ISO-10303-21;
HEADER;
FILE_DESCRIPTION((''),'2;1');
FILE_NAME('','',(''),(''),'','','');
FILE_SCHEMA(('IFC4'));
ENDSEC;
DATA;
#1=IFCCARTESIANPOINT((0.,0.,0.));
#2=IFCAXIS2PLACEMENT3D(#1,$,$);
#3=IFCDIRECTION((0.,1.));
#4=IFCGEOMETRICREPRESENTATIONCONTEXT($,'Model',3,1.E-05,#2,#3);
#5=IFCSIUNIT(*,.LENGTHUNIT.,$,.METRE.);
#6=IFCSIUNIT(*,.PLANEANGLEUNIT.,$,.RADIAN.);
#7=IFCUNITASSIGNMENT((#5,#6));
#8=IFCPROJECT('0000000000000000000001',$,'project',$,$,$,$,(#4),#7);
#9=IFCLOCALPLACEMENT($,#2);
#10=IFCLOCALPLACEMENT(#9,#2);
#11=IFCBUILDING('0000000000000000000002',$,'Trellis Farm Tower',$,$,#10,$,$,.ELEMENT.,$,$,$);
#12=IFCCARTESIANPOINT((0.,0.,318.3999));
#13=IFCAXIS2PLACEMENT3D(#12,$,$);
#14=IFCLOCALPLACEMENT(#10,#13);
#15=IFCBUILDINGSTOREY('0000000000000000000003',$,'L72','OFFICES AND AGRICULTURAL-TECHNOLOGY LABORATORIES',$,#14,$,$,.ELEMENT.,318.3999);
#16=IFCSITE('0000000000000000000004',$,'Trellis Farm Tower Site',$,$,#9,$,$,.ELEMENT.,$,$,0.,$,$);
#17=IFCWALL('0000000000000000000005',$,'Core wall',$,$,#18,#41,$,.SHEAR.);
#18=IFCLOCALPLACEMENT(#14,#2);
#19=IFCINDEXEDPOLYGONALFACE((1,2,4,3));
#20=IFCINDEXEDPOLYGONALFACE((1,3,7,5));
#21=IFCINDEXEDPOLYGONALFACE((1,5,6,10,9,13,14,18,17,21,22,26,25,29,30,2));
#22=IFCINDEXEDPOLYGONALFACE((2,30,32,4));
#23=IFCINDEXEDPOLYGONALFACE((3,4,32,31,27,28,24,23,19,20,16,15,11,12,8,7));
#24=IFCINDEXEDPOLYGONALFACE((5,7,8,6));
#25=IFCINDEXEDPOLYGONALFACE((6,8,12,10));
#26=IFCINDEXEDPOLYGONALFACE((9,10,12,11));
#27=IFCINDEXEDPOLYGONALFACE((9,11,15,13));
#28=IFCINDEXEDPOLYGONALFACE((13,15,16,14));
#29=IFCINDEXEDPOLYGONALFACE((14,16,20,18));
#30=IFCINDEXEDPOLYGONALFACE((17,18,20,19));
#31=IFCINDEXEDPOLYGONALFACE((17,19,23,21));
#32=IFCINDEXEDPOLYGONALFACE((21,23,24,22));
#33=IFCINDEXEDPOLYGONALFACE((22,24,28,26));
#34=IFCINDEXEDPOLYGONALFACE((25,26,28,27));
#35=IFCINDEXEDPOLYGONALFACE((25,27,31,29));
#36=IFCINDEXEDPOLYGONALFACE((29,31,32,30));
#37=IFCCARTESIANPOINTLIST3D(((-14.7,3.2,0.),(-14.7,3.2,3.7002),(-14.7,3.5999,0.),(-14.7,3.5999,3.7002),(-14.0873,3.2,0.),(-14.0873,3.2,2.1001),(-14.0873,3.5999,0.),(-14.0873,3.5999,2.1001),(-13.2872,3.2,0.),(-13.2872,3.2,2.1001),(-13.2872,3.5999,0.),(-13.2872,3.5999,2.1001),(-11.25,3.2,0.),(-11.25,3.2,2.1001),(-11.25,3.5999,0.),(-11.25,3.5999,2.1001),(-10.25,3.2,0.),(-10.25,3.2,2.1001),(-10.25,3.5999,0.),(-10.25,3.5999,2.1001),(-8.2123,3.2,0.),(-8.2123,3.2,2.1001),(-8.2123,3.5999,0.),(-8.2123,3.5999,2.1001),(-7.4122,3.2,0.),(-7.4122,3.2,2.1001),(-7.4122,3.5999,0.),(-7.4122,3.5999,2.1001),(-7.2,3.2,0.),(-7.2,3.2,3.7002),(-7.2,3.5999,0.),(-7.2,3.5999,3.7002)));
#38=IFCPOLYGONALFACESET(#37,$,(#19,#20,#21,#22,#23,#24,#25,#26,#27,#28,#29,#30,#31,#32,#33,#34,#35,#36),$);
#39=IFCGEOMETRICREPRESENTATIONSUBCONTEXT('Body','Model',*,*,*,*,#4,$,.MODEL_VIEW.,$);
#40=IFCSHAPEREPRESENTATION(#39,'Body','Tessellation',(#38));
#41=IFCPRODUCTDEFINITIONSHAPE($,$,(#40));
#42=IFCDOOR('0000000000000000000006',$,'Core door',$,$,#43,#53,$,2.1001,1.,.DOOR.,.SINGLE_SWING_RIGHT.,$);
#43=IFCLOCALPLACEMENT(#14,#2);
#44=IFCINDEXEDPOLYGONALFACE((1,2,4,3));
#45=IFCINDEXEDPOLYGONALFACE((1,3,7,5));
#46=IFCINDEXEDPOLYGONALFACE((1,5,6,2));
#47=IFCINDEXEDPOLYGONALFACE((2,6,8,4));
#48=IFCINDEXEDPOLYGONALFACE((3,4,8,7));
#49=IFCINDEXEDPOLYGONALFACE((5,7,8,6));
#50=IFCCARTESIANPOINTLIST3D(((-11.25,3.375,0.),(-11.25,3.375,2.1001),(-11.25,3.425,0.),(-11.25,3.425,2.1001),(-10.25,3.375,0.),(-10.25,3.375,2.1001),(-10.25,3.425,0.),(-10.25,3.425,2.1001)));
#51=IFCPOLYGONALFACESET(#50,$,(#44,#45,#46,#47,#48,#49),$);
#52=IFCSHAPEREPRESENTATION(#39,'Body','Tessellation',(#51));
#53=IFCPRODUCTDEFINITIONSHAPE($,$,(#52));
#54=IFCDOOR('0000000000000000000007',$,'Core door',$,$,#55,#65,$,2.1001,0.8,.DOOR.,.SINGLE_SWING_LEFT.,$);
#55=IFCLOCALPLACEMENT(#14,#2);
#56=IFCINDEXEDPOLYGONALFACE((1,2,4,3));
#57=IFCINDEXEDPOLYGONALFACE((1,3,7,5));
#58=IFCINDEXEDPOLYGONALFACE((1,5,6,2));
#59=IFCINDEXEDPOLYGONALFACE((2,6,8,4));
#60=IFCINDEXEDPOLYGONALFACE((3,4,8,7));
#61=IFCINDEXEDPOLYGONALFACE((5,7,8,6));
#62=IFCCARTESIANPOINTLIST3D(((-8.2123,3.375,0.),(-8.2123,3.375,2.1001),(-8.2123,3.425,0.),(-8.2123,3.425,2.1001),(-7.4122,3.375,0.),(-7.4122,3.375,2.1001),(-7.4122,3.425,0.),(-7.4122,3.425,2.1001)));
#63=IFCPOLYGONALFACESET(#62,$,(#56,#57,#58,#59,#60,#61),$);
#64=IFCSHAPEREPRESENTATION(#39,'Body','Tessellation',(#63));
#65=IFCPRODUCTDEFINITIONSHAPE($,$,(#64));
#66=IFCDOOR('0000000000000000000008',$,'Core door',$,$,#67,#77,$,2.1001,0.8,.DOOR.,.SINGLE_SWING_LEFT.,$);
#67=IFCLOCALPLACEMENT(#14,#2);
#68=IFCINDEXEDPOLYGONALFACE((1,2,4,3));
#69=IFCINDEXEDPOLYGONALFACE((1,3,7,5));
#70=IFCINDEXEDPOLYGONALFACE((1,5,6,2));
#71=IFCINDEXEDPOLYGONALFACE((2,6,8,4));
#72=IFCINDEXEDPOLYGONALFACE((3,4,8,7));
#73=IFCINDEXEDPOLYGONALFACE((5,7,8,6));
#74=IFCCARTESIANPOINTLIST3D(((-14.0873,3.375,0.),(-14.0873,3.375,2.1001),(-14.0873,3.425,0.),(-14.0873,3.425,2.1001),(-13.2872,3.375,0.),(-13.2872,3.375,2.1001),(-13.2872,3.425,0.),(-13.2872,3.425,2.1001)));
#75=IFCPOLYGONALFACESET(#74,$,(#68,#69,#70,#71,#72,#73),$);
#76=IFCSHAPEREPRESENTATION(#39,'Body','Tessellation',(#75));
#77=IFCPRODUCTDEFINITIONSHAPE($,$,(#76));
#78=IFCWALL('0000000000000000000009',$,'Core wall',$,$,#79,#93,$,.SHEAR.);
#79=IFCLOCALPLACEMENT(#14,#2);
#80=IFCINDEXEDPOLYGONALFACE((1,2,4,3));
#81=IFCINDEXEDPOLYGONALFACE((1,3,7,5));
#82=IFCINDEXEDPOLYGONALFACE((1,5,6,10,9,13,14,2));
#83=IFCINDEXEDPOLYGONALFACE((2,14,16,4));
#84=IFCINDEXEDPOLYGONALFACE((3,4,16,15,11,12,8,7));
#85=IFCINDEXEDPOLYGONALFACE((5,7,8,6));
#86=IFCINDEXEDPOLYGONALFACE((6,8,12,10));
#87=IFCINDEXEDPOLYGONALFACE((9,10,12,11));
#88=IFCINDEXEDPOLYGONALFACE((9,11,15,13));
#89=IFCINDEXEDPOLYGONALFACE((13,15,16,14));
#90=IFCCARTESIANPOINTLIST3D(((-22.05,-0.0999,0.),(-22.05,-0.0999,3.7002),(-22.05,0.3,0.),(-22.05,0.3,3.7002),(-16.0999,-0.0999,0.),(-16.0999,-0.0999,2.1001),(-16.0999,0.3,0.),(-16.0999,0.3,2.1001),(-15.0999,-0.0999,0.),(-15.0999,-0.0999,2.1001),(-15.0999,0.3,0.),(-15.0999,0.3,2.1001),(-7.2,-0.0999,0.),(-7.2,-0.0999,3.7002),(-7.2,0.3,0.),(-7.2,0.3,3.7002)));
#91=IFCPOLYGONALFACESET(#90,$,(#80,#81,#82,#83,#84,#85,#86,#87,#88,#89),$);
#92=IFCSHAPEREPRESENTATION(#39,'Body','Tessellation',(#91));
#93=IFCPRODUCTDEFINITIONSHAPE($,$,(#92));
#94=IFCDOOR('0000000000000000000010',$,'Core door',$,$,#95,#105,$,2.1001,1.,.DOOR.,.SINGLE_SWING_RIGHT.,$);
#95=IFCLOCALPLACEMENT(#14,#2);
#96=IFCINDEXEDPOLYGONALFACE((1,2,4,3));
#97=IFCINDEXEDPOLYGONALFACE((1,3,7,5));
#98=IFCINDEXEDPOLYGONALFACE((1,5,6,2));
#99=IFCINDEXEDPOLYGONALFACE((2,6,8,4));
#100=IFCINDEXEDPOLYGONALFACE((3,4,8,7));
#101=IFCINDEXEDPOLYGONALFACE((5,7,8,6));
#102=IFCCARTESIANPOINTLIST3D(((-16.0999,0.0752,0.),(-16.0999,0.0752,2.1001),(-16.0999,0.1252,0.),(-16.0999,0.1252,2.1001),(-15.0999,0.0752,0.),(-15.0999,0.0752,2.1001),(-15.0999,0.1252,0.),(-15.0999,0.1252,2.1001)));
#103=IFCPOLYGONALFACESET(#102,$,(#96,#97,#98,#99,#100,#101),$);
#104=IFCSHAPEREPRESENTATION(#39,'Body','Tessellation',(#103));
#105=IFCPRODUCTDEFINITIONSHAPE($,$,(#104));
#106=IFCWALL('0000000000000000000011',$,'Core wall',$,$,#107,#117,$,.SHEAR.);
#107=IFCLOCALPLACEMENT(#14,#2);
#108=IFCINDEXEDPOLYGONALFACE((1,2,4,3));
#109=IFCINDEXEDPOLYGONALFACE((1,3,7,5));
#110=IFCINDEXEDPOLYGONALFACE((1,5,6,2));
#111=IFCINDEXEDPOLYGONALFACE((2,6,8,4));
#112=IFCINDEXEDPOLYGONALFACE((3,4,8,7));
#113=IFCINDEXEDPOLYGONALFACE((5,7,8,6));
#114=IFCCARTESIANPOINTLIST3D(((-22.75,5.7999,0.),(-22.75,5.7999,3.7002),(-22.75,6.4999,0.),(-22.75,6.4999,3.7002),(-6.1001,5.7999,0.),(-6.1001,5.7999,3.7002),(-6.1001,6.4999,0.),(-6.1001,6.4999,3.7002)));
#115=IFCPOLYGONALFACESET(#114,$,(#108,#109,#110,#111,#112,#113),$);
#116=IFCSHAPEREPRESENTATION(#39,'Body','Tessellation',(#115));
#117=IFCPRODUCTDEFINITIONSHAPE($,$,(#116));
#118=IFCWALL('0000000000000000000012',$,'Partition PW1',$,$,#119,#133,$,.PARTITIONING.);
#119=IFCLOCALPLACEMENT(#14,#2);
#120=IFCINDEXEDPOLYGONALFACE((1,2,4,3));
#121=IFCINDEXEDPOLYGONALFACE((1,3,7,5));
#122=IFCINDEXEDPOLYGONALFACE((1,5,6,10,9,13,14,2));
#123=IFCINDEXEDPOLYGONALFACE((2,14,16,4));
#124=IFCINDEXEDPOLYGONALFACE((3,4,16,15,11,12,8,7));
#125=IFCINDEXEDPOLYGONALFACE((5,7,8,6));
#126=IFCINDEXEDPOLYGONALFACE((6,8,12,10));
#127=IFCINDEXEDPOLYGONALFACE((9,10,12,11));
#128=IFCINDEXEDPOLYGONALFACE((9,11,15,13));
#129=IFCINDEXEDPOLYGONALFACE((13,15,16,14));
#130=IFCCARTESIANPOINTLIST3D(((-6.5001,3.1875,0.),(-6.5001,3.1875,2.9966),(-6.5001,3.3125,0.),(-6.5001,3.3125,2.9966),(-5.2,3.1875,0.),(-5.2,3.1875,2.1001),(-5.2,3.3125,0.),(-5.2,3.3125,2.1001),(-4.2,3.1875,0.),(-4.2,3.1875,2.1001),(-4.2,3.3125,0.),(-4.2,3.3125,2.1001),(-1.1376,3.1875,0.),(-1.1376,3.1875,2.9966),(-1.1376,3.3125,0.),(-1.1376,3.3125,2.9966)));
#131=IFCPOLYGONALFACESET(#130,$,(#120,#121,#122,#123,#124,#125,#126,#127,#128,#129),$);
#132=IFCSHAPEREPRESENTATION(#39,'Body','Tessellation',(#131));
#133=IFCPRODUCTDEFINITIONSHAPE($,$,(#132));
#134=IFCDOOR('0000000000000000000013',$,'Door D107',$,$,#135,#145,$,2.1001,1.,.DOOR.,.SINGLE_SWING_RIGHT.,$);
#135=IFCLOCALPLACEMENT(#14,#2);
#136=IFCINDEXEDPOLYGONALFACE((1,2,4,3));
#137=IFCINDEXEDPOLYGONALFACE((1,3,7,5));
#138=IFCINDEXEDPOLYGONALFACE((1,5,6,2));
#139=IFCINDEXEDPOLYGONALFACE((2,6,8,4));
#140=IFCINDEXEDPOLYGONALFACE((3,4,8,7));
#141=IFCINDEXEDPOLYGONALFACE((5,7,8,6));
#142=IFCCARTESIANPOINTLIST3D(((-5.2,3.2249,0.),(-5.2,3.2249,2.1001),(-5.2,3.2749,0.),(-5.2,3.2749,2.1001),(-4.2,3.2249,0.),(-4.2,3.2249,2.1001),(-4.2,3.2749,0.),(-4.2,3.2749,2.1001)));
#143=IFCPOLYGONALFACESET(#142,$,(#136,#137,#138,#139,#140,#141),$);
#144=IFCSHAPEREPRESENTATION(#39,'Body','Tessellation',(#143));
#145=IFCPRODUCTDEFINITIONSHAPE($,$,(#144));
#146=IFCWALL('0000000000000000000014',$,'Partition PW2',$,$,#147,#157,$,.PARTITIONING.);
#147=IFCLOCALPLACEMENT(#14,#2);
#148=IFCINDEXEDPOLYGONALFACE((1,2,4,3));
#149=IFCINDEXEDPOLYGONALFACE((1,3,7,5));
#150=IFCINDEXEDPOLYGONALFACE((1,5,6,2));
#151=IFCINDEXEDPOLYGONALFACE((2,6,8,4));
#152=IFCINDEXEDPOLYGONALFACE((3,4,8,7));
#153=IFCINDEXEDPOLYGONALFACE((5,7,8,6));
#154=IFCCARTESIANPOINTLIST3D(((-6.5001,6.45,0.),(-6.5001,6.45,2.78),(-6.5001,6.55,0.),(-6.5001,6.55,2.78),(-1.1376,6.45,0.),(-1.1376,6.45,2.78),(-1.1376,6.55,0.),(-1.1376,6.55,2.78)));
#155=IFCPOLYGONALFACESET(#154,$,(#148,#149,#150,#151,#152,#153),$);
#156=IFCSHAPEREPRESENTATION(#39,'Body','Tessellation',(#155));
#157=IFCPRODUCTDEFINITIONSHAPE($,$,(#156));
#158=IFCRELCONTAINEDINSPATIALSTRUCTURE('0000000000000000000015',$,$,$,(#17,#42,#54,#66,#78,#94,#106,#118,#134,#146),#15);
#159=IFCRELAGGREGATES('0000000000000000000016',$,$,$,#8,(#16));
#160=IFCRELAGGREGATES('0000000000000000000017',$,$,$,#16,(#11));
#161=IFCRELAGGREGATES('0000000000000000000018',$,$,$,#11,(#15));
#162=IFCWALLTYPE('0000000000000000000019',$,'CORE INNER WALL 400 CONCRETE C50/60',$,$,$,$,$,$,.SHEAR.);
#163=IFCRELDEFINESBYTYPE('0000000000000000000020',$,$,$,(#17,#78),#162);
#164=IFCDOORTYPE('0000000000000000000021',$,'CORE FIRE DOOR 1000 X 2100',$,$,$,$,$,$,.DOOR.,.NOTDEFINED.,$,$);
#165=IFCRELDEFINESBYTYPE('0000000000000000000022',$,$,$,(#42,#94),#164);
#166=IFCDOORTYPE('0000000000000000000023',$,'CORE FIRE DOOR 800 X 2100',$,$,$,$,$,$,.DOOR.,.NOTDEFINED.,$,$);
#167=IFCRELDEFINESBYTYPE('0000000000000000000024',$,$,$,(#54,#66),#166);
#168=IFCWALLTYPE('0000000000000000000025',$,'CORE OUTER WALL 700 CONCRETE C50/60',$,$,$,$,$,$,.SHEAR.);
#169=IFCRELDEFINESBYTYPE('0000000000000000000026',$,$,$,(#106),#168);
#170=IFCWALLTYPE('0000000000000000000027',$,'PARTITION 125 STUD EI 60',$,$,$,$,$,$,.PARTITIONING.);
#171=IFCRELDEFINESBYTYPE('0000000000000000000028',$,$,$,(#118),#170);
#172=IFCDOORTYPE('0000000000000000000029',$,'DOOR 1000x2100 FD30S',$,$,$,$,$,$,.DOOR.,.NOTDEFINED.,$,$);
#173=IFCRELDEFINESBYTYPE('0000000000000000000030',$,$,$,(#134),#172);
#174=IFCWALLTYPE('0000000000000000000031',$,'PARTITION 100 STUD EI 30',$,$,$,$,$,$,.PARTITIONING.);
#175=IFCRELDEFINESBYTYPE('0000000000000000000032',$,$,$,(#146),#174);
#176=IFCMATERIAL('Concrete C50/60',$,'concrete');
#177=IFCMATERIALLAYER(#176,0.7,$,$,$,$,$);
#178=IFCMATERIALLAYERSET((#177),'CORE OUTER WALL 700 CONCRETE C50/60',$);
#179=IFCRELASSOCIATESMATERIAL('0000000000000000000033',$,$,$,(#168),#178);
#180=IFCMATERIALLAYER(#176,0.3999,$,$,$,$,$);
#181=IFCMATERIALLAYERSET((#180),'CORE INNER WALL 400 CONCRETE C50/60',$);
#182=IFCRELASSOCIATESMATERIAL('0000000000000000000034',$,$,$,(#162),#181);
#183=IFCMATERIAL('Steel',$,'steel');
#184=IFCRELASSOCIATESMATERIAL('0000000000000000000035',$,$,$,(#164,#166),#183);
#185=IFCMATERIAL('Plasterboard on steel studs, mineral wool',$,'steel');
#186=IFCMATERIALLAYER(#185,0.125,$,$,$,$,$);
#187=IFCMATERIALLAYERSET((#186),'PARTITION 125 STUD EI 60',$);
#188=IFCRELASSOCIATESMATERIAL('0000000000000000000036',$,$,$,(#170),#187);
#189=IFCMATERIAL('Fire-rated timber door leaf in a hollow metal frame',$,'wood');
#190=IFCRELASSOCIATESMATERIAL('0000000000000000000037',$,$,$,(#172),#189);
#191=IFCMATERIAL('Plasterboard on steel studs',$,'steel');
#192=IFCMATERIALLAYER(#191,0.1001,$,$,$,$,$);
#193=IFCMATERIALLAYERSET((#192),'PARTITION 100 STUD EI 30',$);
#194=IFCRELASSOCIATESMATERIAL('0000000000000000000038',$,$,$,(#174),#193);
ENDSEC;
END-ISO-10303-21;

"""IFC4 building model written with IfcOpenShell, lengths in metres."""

from ifc_helpers import new_model, si_unit, direction, frame, frame_2d, origin, place, context, subcontext, project, spatial, rectangle, extrude, source, transform, mapped, material, layer, layer_set, type_object, element, fill, save


model = new_model("IFC4")

# Units and contexts
model_context = context("Model", 3, precision=1e-05, world=origin(), true_north=direction((0.0, 1.0)))
body_context = subcontext(model_context, "Body", "Model", "MODEL_VIEW")
ifc_project = project(units=[si_unit("LENGTHUNIT", "METRE"), si_unit("PLANEANGLEUNIT", "RADIAN")], contexts=[model_context])

# Site, building, storey
site_placement = place(None, origin())
site = spatial("IfcSite", under=ifc_project, at=site_placement, Name="Trellis Farm Tower Site", CompositionType="ELEMENT", RefElevation=0.0)
building_placement = place(site_placement, origin())
building = spatial("IfcBuilding", under=site, at=building_placement, Name="Trellis Farm Tower", CompositionType="ELEMENT")
storey_placement = place(building_placement, frame((0.0, 0.0, 318.3999)))
storey = spatial("IfcBuildingStorey", under=building, at=storey_placement, Name="L72", Description="OFFICES AND AGRICULTURAL-TECHNOLOGY LABORATORIES", CompositionType="ELEMENT", Elevation=318.3999)

# Shared definitions
ifc_material_1 = material(Name="Concrete C50/60", Category="concrete")
ifc_layer_1 = layer(ifc_material_1, 0.7)
ifc_layer_set_1 = layer_set([ifc_layer_1], Name="CORE OUTER WALL 700 CONCRETE C50/60")
wall_type_1 = type_object("IfcWallType", Name="CORE OUTER WALL 700 CONCRETE C50/60", PredefinedType="SHEAR", material=ifc_layer_set_1)
ifc_material_2 = material(Name="Steel", Category="steel")

# Wall, openings, doors
ifc_layer_2 = layer(ifc_material_1, 0.3999)
ifc_layer_set_2 = layer_set([ifc_layer_2], Name="CORE INNER WALL 400 CONCRETE C50/60")
wall_type_2 = type_object("IfcWallType", Name="CORE INNER WALL 400 CONCRETE C50/60", PredefinedType="SHEAR", material=ifc_layer_set_2)
shared_shape_1 = source(origin(), body_context, "Body", "SweptSolid", [
    extrude(rectangle(XDim=7.5, YDim=0.3999, at=frame_2d((3.75, 0.0))), origin(), (0.0, 0.0, 1.0), 3.7002),
])
wall_1_placement = place(storey_placement, frame((-7.2, 3.3999, 0.0), z_axis=(0.0, 0.0, 1.0), x_axis=(-1.0, 0.0, 0.0)))
wall_1 = element("IfcWall", 1, at=wall_1_placement, inside=storey, type_object=wall_type_2, Name="Core wall", PredefinedType="SHEAR", context=body_context, shape_type="MappedRepresentation", body=[
    mapped(shared_shape_1, transform((0.0, 0.0, 0.0))),
])
shared_shape_2 = source(origin(), body_context, "Body", "SweptSolid", [
    extrude(rectangle(XDim=0.8, YDim=2.1001, at=frame_2d((0.3999, 1.05))), frame((0.0, 0.21, 0.0), z_axis=(0.0, -1.0, 0.0), x_axis=(1.0, 0.0, 0.0)), (0.0, 0.0, 1.0), 0.4199),
])
opening_1_placement = place(wall_1_placement, frame((0.2124, 0.0, 0.0)))
opening_1 = element("IfcOpeningElement", 2, at=opening_1_placement, cuts=wall_1, PredefinedType="OPENING", context=body_context, shape_type="MappedRepresentation", body=[
    mapped(shared_shape_2, transform((0.0, 0.0, 0.0))),
])
shared_shape_3 = source(origin(), body_context, "Body", "SweptSolid", [
    extrude(rectangle(XDim=1.0, YDim=2.1001, at=frame_2d((0.5, 1.05))), frame((0.0, 0.21, 0.0), z_axis=(0.0, -1.0, 0.0), x_axis=(1.0, 0.0, 0.0)), (0.0, 0.0, 1.0), 0.4199),
])
opening_2_placement = place(wall_1_placement, frame((3.05, 0.0, 0.0)))
opening_2 = element("IfcOpeningElement", 3, at=opening_2_placement, cuts=wall_1, PredefinedType="OPENING", context=body_context, shape_type="MappedRepresentation", body=[
    mapped(shared_shape_3, transform((0.0, 0.0, 0.0))),
])
opening_3_placement = place(wall_1_placement, frame((6.0874, 0.0, 0.0)))
opening_3 = element("IfcOpeningElement", 4, at=opening_3_placement, cuts=wall_1, PredefinedType="OPENING", context=body_context, shape_type="MappedRepresentation", body=[
    mapped(shared_shape_2, transform((0.0, 0.0, 0.0))),
])
door_type_1 = type_object("IfcDoorType", Name="CORE FIRE DOOR 1000 X 2100", OperationType="NOTDEFINED", PredefinedType="DOOR", material=ifc_material_2)
shared_shape_4 = source(origin(), body_context, "Body", "SweptSolid", [
    extrude(rectangle(XDim=1.0, YDim=2.1001, at=frame_2d((0.5, 1.05))), frame((0.0, 0.0249, 0.0), z_axis=(0.0, -1.0, 0.0), x_axis=(1.0, 0.0, 0.0)), (0.0, 0.0, 1.0), 0.05),
])
door_1_placement = place(opening_2_placement, origin())
door_1 = element("IfcDoor", 5, at=door_1_placement, inside=storey, type_object=door_type_1, Name="Core door", OperationType="SINGLE_SWING_RIGHT", OverallHeight=2.1001, OverallWidth=1.0, PredefinedType="DOOR", context=body_context, shape_type="MappedRepresentation", body=[
    mapped(shared_shape_4, transform((0.0, 0.0, 0.0))),
])
fill(opening_2, door_1)
door_type_2 = type_object("IfcDoorType", Name="CORE FIRE DOOR 800 X 2100", OperationType="NOTDEFINED", PredefinedType="DOOR", material=ifc_material_2)
shared_shape_5 = source(origin(), body_context, "Body", "SweptSolid", [
    extrude(rectangle(XDim=0.8, YDim=2.1001, at=frame_2d((0.3999, 1.05))), frame((0.0, 0.0249, 0.0), z_axis=(0.0, -1.0, 0.0), x_axis=(1.0, 0.0, 0.0)), (0.0, 0.0, 1.0), 0.05),
])
door_2_placement = place(opening_1_placement, origin())
door_2 = element("IfcDoor", 6, at=door_2_placement, inside=storey, type_object=door_type_2, Name="Core door", OperationType="SINGLE_SWING_LEFT", OverallHeight=2.1001, OverallWidth=0.8, PredefinedType="DOOR", context=body_context, shape_type="MappedRepresentation", body=[
    mapped(shared_shape_5, transform((0.0, 0.0, 0.0))),
])
fill(opening_1, door_2)
door_3_placement = place(opening_3_placement, origin())
door_3 = element("IfcDoor", 7, at=door_3_placement, inside=storey, type_object=door_type_2, Name="Core door", OperationType="SINGLE_SWING_LEFT", OverallHeight=2.1001, OverallWidth=0.8, PredefinedType="DOOR", context=body_context, shape_type="MappedRepresentation", body=[
    mapped(shared_shape_5, transform((0.0, 0.0, 0.0))),
])
fill(opening_3, door_3)

# Wall, opening, door
shared_shape_6 = source(origin(), body_context, "Body", "SweptSolid", [
    extrude(rectangle(XDim=14.8501, YDim=0.3999, at=frame_2d((7.425, 0.0))), origin(), (0.0, 0.0, 1.0), 3.7002),
])
wall_2_placement = place(storey_placement, frame((-7.2, 0.1001, 0.0), z_axis=(0.0, 0.0, 1.0), x_axis=(-1.0, 0.0, 0.0)))
wall_2 = element("IfcWall", 8, at=wall_2_placement, inside=storey, type_object=wall_type_2, Name="Core wall", PredefinedType="SHEAR", context=body_context, shape_type="MappedRepresentation", body=[
    mapped(shared_shape_6, transform((0.0, 0.0, 0.0))),
])
opening_4_placement = place(wall_2_placement, frame((7.8999, 0.0, 0.0)))
opening_4 = element("IfcOpeningElement", 9, at=opening_4_placement, cuts=wall_2, PredefinedType="OPENING", context=body_context, shape_type="MappedRepresentation", body=[
    mapped(shared_shape_3, transform((0.0, 0.0, 0.0))),
])
door_4_placement = place(opening_4_placement, origin())
door_4 = element("IfcDoor", 10, at=door_4_placement, inside=storey, type_object=door_type_1, Name="Core door", OperationType="SINGLE_SWING_RIGHT", OverallHeight=2.1001, OverallWidth=1.0, PredefinedType="DOOR", context=body_context, shape_type="MappedRepresentation", body=[
    mapped(shared_shape_4, transform((0.0, 0.0, 0.0))),
])
fill(opening_4, door_4)

# Wall
shared_shape_7 = source(origin(), body_context, "Body", "SweptSolid", [
    extrude(rectangle(XDim=16.6499, YDim=0.7, at=frame_2d((8.325, 0.0))), origin(), (0.0, 0.0, 1.0), 3.7002),
])
wall_3_placement = place(storey_placement, frame((-6.1001, 6.1499, 0.0), z_axis=(0.0, 0.0, 1.0), x_axis=(-1.0, 0.0, 0.0)))
element("IfcWall", 11, at=wall_3_placement, inside=storey, type_object=wall_type_1, Name="Core wall", PredefinedType="SHEAR", context=body_context, shape_type="MappedRepresentation", body=[
    mapped(shared_shape_7, transform((0.0, 0.0, 0.0))),
])

# Wall, opening, door
ifc_material_3 = material(Name="Plasterboard on steel studs, mineral wool", Category="steel")
ifc_layer_3 = layer(ifc_material_3, 0.125)
ifc_layer_set_3 = layer_set([ifc_layer_3], Name="PARTITION 125 STUD EI 60")
wall_type_3 = type_object("IfcWallType", Name="PARTITION 125 STUD EI 60", PredefinedType="PARTITIONING", material=ifc_layer_set_3)
shared_shape_8 = source(origin(), body_context, "Body", "SweptSolid", [
    extrude(rectangle(XDim=5.3625, YDim=0.125, at=frame_2d((2.6812, 0.0))), origin(), (0.0, 0.0, 1.0), 2.9966),
])
wall_4_placement = place(storey_placement, frame((-6.5, 3.25, 0.0), z_axis=(0.0, 0.0, 1.0), x_axis=(1.0, 0.0, 0.0)))
wall_4 = element("IfcWall", 12, at=wall_4_placement, inside=storey, type_object=wall_type_3, Name="Partition PW1", PredefinedType="PARTITIONING", context=body_context, shape_type="MappedRepresentation", body=[
    mapped(shared_shape_8, transform((0.0, 0.0, 0.0))),
])
shared_shape_9 = source(origin(), body_context, "Body", "SweptSolid", [
    extrude(rectangle(XDim=1.0, YDim=2.1001, at=frame_2d((0.5, 1.05))), frame((0.0, 0.0725, 0.0), z_axis=(0.0, -1.0, 0.0), x_axis=(1.0, 0.0, 0.0)), (0.0, 0.0, 1.0), 0.145),
])
opening_5_placement = place(wall_4_placement, frame((1.3, 0.0, 0.0)))
opening_5 = element("IfcOpeningElement", 13, at=opening_5_placement, cuts=wall_4, PredefinedType="OPENING", context=body_context, shape_type="MappedRepresentation", body=[
    mapped(shared_shape_9, transform((0.0, 0.0, 0.0))),
])
ifc_material_4 = material(Name="Fire-rated timber door leaf in a hollow metal frame", Category="wood")
door_type_3 = type_object("IfcDoorType", Name="DOOR 1000x2100 FD30S", OperationType="NOTDEFINED", PredefinedType="DOOR", material=ifc_material_4)
door_5_placement = place(opening_5_placement, origin())
door_5 = element("IfcDoor", 14, at=door_5_placement, inside=storey, type_object=door_type_3, Name="Door D107", OperationType="SINGLE_SWING_RIGHT", OverallHeight=2.1001, OverallWidth=1.0, PredefinedType="DOOR", context=body_context, shape_type="MappedRepresentation", body=[
    mapped(shared_shape_4, transform((0.0, 0.0, 0.0))),
])
fill(opening_5, door_5)

# Wall
ifc_material_5 = material(Name="Plasterboard on steel studs", Category="steel")
ifc_layer_4 = layer(ifc_material_5, 0.1001)
ifc_layer_set_4 = layer_set([ifc_layer_4], Name="PARTITION 100 STUD EI 30")
wall_type_4 = type_object("IfcWallType", Name="PARTITION 100 STUD EI 30", PredefinedType="PARTITIONING", material=ifc_layer_set_4)
shared_shape_10 = source(origin(), body_context, "Body", "SweptSolid", [
    extrude(rectangle(XDim=5.3625, YDim=0.1001, at=frame_2d((2.6812, 0.0))), origin(), (0.0, 0.0, 1.0), 2.78),
])
wall_5_placement = place(storey_placement, frame((-6.5, 6.5, 0.0), z_axis=(0.0, 0.0, 1.0), x_axis=(1.0, 0.0, 0.0)))
element("IfcWall", 15, at=wall_5_placement, inside=storey, type_object=wall_type_4, Name="Partition PW2", PredefinedType="PARTITIONING", context=body_context, shape_type="MappedRepresentation", body=[
    mapped(shared_shape_10, transform((0.0, 0.0, 0.0))),
])

save(model, "model.ifc")
